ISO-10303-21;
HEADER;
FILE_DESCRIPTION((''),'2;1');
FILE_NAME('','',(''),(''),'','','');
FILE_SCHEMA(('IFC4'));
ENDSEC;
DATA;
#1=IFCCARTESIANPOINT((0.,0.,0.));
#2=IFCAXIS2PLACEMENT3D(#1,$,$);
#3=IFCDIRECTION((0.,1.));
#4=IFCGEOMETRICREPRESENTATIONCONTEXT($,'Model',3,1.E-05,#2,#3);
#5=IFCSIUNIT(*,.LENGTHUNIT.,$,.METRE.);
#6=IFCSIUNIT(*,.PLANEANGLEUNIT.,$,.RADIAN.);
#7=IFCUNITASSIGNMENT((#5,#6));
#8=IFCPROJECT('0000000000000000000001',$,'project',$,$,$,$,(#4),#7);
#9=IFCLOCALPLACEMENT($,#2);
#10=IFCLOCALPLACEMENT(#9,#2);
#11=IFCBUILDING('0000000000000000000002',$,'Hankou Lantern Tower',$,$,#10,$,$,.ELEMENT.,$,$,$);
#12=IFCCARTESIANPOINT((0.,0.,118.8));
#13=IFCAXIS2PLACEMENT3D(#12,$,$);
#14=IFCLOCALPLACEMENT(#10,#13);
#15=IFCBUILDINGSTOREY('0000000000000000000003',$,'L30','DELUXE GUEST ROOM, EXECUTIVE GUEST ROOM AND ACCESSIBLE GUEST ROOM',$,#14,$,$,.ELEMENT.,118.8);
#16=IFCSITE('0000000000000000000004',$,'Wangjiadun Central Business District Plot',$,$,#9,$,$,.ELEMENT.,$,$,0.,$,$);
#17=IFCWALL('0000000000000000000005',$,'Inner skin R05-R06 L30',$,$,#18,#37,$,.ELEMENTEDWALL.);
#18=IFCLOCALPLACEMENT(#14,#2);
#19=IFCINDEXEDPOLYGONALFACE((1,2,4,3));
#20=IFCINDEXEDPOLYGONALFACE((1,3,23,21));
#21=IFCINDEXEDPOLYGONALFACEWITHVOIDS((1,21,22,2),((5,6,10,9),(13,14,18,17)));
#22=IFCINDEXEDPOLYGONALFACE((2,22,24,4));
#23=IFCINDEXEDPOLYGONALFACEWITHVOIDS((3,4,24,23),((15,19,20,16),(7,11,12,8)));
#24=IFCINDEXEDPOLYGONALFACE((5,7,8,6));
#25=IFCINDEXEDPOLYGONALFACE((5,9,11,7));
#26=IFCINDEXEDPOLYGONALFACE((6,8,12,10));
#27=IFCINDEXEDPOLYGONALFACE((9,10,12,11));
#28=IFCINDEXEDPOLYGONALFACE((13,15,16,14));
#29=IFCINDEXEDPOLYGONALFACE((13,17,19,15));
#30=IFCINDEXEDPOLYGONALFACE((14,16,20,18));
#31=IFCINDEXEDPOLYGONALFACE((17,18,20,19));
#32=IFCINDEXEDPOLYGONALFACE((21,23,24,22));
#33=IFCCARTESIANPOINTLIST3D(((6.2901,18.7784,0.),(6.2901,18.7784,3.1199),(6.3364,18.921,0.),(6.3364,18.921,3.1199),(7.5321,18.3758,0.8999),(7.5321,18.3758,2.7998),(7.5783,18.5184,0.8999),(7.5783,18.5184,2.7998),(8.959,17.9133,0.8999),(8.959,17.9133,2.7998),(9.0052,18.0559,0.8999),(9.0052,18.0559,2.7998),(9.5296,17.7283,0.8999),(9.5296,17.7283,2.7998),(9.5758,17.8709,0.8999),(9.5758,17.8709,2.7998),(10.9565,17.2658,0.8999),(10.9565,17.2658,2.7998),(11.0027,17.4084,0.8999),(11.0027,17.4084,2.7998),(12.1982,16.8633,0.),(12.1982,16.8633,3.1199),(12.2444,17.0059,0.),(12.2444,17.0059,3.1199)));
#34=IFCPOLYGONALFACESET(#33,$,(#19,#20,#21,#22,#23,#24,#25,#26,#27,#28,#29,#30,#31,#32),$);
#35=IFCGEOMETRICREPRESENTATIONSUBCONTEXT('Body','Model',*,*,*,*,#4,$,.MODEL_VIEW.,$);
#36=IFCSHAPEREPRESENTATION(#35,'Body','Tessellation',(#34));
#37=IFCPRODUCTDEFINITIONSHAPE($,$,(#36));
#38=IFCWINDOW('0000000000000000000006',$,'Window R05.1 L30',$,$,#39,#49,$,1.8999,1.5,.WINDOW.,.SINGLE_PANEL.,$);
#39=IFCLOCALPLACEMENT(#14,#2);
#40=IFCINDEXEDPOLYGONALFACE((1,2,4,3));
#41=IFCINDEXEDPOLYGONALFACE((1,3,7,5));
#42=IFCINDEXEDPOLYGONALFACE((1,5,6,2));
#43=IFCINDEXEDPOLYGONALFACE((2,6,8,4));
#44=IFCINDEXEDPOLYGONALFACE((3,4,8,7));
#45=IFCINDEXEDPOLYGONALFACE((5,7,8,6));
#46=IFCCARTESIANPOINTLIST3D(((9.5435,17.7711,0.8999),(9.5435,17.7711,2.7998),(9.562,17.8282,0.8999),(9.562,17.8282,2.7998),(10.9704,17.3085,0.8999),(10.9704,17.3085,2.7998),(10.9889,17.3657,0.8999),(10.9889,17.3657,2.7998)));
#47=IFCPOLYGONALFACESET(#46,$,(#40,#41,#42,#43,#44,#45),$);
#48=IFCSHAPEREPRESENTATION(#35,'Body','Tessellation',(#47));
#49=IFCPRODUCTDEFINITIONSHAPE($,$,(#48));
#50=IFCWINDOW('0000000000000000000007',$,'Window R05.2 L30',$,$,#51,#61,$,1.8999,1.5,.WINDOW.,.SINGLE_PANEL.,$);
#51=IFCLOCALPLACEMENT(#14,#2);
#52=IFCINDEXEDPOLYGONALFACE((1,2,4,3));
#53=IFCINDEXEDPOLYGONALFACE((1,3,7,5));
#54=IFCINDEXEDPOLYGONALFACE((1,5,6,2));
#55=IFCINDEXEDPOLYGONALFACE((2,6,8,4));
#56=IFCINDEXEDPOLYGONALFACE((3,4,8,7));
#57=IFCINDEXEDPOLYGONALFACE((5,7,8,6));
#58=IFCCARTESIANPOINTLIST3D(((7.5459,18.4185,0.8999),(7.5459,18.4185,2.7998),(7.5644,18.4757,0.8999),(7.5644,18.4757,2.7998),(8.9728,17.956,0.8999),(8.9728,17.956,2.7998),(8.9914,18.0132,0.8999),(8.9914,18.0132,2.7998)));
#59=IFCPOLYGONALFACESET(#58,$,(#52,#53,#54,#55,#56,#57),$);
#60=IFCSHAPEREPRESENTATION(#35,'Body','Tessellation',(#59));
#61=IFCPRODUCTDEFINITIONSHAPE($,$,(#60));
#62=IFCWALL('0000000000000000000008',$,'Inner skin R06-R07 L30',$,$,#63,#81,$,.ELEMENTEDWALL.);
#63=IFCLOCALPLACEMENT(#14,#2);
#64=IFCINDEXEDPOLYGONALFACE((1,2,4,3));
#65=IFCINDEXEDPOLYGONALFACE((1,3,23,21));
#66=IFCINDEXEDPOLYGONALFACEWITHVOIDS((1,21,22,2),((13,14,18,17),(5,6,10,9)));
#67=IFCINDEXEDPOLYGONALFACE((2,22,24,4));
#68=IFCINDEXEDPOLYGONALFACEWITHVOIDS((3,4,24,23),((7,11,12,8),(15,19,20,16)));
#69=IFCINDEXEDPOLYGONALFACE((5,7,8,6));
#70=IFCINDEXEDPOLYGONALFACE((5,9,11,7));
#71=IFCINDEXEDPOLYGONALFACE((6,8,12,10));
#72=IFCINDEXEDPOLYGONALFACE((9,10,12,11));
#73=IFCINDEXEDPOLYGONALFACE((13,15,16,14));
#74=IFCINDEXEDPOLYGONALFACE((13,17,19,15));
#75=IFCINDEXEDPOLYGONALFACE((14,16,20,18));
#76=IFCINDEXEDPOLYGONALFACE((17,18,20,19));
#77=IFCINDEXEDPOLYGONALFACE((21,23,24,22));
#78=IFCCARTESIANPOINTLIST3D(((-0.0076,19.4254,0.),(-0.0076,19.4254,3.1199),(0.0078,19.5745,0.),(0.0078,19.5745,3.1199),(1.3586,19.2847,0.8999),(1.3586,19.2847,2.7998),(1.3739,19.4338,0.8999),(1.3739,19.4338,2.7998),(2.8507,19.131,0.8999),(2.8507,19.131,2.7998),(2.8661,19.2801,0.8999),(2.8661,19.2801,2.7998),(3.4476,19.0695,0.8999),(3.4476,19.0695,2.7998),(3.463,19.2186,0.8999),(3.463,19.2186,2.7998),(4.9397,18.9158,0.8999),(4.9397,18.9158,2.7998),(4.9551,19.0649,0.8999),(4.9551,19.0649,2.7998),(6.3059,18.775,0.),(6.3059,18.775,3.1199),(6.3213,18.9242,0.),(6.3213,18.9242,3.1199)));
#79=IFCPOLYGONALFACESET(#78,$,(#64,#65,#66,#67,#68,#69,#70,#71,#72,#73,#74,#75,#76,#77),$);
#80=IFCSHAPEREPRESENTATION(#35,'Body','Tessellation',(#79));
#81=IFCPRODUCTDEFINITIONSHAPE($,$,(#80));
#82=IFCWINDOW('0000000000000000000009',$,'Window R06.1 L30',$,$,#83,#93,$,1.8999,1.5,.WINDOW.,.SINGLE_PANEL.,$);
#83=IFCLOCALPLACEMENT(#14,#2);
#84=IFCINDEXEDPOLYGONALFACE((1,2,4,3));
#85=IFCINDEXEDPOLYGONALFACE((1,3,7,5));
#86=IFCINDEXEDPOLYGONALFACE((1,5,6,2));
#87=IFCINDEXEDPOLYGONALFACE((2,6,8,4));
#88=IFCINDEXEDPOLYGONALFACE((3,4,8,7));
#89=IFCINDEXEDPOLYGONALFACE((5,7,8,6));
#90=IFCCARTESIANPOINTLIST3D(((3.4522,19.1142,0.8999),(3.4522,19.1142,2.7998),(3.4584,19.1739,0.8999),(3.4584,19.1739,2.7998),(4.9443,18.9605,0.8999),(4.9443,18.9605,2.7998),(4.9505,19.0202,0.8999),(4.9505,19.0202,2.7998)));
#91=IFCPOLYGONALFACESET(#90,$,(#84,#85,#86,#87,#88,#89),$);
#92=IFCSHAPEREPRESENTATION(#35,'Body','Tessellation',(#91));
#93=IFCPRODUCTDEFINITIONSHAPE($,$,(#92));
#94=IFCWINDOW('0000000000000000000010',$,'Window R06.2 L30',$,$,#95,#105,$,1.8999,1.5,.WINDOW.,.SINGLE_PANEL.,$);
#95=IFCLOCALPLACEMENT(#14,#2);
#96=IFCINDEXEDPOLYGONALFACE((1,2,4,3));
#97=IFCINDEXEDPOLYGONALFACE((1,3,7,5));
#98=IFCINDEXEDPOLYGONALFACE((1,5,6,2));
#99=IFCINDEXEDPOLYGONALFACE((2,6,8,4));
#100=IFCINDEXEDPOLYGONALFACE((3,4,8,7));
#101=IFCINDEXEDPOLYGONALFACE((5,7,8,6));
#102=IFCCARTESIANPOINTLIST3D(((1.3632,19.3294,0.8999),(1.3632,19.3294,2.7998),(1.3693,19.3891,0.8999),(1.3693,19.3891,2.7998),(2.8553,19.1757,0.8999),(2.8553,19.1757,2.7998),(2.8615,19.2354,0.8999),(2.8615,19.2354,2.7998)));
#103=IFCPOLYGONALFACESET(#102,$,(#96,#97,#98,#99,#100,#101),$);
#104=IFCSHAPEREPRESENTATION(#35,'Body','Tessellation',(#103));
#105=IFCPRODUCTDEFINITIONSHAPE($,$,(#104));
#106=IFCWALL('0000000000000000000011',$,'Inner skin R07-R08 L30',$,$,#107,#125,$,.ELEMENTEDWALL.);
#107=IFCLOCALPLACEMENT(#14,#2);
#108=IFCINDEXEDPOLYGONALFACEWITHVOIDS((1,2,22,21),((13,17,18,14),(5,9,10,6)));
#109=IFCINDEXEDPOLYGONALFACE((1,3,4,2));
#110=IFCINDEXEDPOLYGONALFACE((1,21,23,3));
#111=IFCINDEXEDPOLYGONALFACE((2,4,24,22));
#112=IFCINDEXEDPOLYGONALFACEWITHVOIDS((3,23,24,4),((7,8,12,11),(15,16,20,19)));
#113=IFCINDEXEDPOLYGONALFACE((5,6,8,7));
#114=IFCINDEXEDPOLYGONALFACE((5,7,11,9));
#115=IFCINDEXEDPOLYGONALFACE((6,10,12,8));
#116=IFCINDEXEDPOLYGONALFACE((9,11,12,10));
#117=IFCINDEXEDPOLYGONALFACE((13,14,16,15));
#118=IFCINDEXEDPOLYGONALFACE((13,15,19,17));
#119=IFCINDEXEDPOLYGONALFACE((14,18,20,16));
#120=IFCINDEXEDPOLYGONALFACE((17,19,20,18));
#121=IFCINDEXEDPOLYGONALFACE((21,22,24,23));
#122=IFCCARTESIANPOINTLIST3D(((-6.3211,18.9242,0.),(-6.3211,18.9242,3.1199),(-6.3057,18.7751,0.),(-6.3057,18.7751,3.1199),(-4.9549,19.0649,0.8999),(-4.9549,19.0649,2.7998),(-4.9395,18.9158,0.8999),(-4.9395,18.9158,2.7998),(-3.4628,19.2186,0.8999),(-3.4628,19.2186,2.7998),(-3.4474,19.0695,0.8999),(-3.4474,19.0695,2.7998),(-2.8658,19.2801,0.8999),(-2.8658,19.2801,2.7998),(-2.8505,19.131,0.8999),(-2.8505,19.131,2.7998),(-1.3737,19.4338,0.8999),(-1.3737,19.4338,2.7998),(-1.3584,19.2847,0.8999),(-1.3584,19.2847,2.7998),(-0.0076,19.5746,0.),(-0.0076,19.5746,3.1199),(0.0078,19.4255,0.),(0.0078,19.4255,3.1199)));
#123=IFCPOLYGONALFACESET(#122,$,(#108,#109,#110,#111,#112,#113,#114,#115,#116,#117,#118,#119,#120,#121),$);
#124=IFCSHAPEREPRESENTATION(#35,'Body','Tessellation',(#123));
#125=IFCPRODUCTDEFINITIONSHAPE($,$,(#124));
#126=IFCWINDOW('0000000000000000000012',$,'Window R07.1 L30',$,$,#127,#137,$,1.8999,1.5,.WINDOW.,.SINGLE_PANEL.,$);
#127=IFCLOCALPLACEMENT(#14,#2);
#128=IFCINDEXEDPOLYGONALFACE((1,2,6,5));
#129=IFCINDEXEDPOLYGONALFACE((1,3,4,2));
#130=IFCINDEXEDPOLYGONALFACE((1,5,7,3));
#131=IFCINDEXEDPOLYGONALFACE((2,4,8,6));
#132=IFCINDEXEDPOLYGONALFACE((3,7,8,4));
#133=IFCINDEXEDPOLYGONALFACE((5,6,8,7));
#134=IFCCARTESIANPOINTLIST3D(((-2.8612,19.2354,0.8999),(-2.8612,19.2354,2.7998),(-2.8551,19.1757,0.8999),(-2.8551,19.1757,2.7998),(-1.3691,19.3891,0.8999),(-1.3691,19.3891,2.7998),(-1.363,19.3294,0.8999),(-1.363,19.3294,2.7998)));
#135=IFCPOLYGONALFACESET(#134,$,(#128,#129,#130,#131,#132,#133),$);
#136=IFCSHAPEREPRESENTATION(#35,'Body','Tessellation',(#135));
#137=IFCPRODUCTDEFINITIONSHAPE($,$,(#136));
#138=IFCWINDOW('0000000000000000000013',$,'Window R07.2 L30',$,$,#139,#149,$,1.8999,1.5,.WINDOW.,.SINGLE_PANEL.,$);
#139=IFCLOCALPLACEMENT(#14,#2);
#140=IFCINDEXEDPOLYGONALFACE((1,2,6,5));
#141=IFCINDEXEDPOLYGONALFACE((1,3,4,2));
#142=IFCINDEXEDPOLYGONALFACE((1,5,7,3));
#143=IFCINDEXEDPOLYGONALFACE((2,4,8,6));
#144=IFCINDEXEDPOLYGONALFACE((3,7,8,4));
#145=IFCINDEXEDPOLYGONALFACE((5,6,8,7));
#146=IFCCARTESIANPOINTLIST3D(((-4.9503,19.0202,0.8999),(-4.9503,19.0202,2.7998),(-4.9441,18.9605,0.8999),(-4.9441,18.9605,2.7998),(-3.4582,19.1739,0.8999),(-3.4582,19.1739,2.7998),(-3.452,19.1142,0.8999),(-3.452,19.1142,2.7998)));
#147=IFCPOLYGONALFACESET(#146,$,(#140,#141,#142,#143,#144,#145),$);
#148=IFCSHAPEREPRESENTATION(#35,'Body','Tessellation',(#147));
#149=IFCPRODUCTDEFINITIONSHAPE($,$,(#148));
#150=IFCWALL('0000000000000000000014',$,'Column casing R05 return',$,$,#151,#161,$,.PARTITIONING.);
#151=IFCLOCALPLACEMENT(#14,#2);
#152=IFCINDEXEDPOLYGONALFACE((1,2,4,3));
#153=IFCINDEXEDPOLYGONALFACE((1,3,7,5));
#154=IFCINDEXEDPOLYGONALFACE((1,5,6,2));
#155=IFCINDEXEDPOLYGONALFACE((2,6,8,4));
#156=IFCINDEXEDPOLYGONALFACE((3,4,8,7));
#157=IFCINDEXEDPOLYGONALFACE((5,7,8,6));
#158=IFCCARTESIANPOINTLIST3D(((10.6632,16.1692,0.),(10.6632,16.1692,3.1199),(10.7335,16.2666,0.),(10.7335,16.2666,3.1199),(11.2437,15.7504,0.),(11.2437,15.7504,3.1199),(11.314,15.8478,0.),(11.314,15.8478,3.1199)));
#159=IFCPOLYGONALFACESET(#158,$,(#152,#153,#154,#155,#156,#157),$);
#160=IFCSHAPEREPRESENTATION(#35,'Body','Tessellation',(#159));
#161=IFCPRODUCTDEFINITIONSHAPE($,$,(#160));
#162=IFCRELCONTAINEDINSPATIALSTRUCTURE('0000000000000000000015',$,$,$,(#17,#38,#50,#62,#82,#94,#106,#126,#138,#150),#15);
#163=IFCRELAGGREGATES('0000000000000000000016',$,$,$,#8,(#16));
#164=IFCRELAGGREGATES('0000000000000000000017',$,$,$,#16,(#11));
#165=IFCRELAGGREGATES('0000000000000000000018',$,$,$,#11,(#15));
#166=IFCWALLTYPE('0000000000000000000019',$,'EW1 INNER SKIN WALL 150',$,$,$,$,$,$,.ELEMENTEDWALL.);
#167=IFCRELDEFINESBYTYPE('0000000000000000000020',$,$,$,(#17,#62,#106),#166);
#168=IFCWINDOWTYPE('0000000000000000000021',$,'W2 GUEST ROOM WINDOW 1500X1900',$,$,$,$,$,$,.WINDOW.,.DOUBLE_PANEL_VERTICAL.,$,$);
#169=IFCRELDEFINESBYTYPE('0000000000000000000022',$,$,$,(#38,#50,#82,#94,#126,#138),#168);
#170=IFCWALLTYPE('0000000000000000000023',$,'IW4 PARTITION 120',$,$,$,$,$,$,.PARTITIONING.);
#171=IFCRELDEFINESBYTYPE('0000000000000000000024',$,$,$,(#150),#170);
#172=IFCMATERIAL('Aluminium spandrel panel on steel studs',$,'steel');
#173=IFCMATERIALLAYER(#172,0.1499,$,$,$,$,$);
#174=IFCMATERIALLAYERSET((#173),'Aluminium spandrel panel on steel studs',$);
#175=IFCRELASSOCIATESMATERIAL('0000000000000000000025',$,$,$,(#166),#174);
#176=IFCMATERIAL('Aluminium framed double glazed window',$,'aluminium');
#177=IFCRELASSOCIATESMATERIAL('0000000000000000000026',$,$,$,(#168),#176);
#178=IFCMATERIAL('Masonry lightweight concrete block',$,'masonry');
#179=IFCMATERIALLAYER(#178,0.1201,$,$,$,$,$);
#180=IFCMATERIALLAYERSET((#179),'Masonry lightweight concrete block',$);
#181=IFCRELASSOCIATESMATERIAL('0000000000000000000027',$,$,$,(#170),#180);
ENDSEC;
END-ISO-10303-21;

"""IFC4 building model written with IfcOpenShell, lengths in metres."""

from ifc_helpers import new_model, si_unit, direction, frame, frame_2d, origin, place, context, subcontext, project, spatial, rectangle, extrude, material, layer, layer_set, type_object, element, fill, save


model = new_model("IFC4")

# Units and contexts
model_context = context("Model", 3, precision=1e-05, world=origin(), true_north=direction((0.0, 1.0)))
body_context = subcontext(model_context, "Body", "Model", "MODEL_VIEW")
ifc_project = project(units=[si_unit("LENGTHUNIT", "METRE"), si_unit("PLANEANGLEUNIT", "RADIAN")], contexts=[model_context])

# Site, building, storey
site_placement = place(None, origin())
site = spatial("IfcSite", under=ifc_project, at=site_placement, Name="Wangjiadun Central Business District Plot", CompositionType="ELEMENT", RefElevation=0.0)
building_placement = place(site_placement, origin())
building = spatial("IfcBuilding", under=site, at=building_placement, Name="Hankou Lantern Tower", CompositionType="ELEMENT")
storey_placement = place(building_placement, frame((0.0, 0.0, 118.8)))
storey = spatial("IfcBuildingStorey", under=building, at=storey_placement, Name="L30", Description="DELUXE GUEST ROOM, EXECUTIVE GUEST ROOM AND ACCESSIBLE GUEST ROOM", CompositionType="ELEMENT", Elevation=118.8)

# Walls, openings, windows
ifc_material_1 = material(Name="Aluminium spandrel panel on steel studs", Category="steel")
ifc_layer_1 = layer(ifc_material_1, 0.1499)
ifc_layer_set_1 = layer_set([ifc_layer_1], Name="Aluminium spandrel panel on steel studs")
wall_type_1 = type_object("IfcWallType", Name="EW1 INNER SKIN WALL 150", PredefinedType="ELEMENTEDWALL", material=ifc_layer_set_1)
wall_1_placement = place(storey_placement, frame((12.2214, 16.9346, 0.0), z_axis=(0.0, 0.0, 1.0), x_axis=(-0.951273, 0.308351, 0.0)))
wall_1 = element("IfcWall", 1, at=wall_1_placement, inside=storey, type_object=wall_type_1, Name="Inner skin R05-R06 L30", PredefinedType="ELEMENTEDWALL", context=body_context, shape_type="SweptSolid", body=[
    extrude(rectangle(XDim=6.2107, YDim=0.1499, at=frame_2d((3.1055, 0.0))), origin(), (0.0, 0.0, 1.0), 3.1199),
])
opening_1_placement = place(wall_1_placement, frame((1.3054, 0.0, 0.8999)))
opening_1 = element("IfcOpeningElement", 2, at=opening_1_placement, cuts=wall_1, PredefinedType="OPENING", context=body_context, shape_type="SweptSolid", body=[
    extrude(rectangle(XDim=1.5, YDim=1.8999, at=frame_2d((0.75, 0.95))), frame((0.0, 0.085, 0.0), z_axis=(0.0, -1.0, 0.0), x_axis=(1.0, 0.0, 0.0)), (0.0, 0.0, 1.0), 0.1699),
])
opening_2_placement = place(wall_1_placement, frame((3.4053, 0.0, 0.8999)))
opening_2 = element("IfcOpeningElement", 3, at=opening_2_placement, cuts=wall_1, PredefinedType="OPENING", context=body_context, shape_type="SweptSolid", body=[
    extrude(rectangle(XDim=1.5, YDim=1.8999, at=frame_2d((0.75, 0.95))), frame((0.0, 0.085, 0.0), z_axis=(0.0, -1.0, 0.0), x_axis=(1.0, 0.0, 0.0)), (0.0, 0.0, 1.0), 0.1699),
])
ifc_material_2 = material(Name="Aluminium framed double glazed window", Category="aluminium")
window_type = type_object("IfcWindowType", Name="W2 GUEST ROOM WINDOW 1500X1900", PartitioningType="DOUBLE_PANEL_VERTICAL", PredefinedType="WINDOW", material=ifc_material_2)
window_1_placement = place(opening_1_placement, origin())
window_1 = element("IfcWindow", 4, at=window_1_placement, inside=storey, type_object=window_type, Name="Window R05.1 L30", OverallHeight=1.8999, OverallWidth=1.5, PartitioningType="SINGLE_PANEL", PredefinedType="WINDOW", context=body_context, shape_type="SweptSolid", body=[
    extrude(rectangle(XDim=1.5, YDim=1.8999, at=frame_2d((0.75, 0.95))), frame((0.0, 0.03, 0.0), z_axis=(0.0, -1.0, 0.0), x_axis=(1.0, 0.0, 0.0)), (0.0, 0.0, 1.0), 0.0601),
])
fill(opening_1, window_1)
window_2_placement = place(opening_2_placement, origin())
window_2 = element("IfcWindow", 5, at=window_2_placement, inside=storey, type_object=window_type, Name="Window R05.2 L30", OverallHeight=1.8999, OverallWidth=1.5, PartitioningType="SINGLE_PANEL", PredefinedType="WINDOW", context=body_context, shape_type="SweptSolid", body=[
    extrude(rectangle(XDim=1.5, YDim=1.8999, at=frame_2d((0.75, 0.95))), frame((0.0, 0.03, 0.0), z_axis=(0.0, -1.0, 0.0), x_axis=(1.0, 0.0, 0.0)), (0.0, 0.0, 1.0), 0.0601),
])
fill(opening_2, window_2)
wall_2_placement = place(storey_placement, frame((6.3135, 18.8496, 0.0), z_axis=(0.0, 0.0, 1.0), x_axis=(-0.994736, 0.102474, 0.0)))
wall_2 = element("IfcWall", 6, at=wall_2_placement, inside=storey, type_object=wall_type_1, Name="Inner skin R06-R07 L30", PredefinedType="ELEMENTEDWALL", context=body_context, shape_type="SweptSolid", body=[
    extrude(rectangle(XDim=6.3469, YDim=0.1499, at=frame_2d((3.1733, 0.0))), origin(), (0.0, 0.0, 1.0), 3.1199),
])
opening_3_placement = place(wall_2_placement, frame((1.3733, 0.0, 0.8999)))
opening_3 = element("IfcOpeningElement", 7, at=opening_3_placement, cuts=wall_2, PredefinedType="OPENING", context=body_context, shape_type="SweptSolid", body=[
    extrude(rectangle(XDim=1.5, YDim=1.8999, at=frame_2d((0.75, 0.95))), frame((0.0, 0.085, 0.0), z_axis=(0.0, -1.0, 0.0), x_axis=(1.0, 0.0, 0.0)), (0.0, 0.0, 1.0), 0.1699),
])
opening_4_placement = place(wall_2_placement, frame((3.4734, 0.0, 0.8999)))
opening_4 = element("IfcOpeningElement", 8, at=opening_4_placement, cuts=wall_2, PredefinedType="OPENING", context=body_context, shape_type="SweptSolid", body=[
    extrude(rectangle(XDim=1.5, YDim=1.8999, at=frame_2d((0.75, 0.95))), frame((0.0, 0.085, 0.0), z_axis=(0.0, -1.0, 0.0), x_axis=(1.0, 0.0, 0.0)), (0.0, 0.0, 1.0), 0.1699),
])
window_3_placement = place(opening_3_placement, origin())
window_3 = element("IfcWindow", 9, at=window_3_placement, inside=storey, type_object=window_type, Name="Window R06.1 L30", OverallHeight=1.8999, OverallWidth=1.5, PartitioningType="SINGLE_PANEL", PredefinedType="WINDOW", context=body_context, shape_type="SweptSolid", body=[
    extrude(rectangle(XDim=1.5, YDim=1.8999, at=frame_2d((0.75, 0.95))), frame((0.0, 0.03, 0.0), z_axis=(0.0, -1.0, 0.0), x_axis=(1.0, 0.0, 0.0)), (0.0, 0.0, 1.0), 0.0601),
])
fill(opening_3, window_3)
window_4_placement = place(opening_4_placement, origin())
window_4 = element("IfcWindow", 10, at=window_4_placement, inside=storey, type_object=window_type, Name="Window R06.2 L30", OverallHeight=1.8999, OverallWidth=1.5, PartitioningType="SINGLE_PANEL", PredefinedType="WINDOW", context=body_context, shape_type="SweptSolid", body=[
    extrude(rectangle(XDim=1.5, YDim=1.8999, at=frame_2d((0.75, 0.95))), frame((0.0, 0.03, 0.0), z_axis=(0.0, -1.0, 0.0), x_axis=(1.0, 0.0, 0.0)), (0.0, 0.0, 1.0), 0.0601),
])
fill(opening_4, window_4)
wall_3_placement = place(storey_placement, frame((0.0, 19.5, 0.0), z_axis=(0.0, 0.0, 1.0), x_axis=(-0.994736, -0.102474, 0.0)))
wall_3 = element("IfcWall", 11, at=wall_3_placement, inside=storey, type_object=wall_type_1, Name="Inner skin R07-R08 L30", PredefinedType="ELEMENTEDWALL", context=body_context, shape_type="SweptSolid", body=[
    extrude(rectangle(XDim=6.3469, YDim=0.1499, at=frame_2d((3.1733, 0.0))), origin(), (0.0, 0.0, 1.0), 3.1199),
])
opening_5_placement = place(wall_3_placement, frame((1.3733, 0.0, 0.8999)))
opening_5 = element("IfcOpeningElement", 12, at=opening_5_placement, cuts=wall_3, PredefinedType="OPENING", context=body_context, shape_type="SweptSolid", body=[
    extrude(rectangle(XDim=1.5, YDim=1.8999, at=frame_2d((0.75, 0.95))), frame((0.0, 0.085, 0.0), z_axis=(0.0, -1.0, 0.0), x_axis=(1.0, 0.0, 0.0)), (0.0, 0.0, 1.0), 0.1699),
])
opening_6_placement = place(wall_3_placement, frame((3.4734, 0.0, 0.8999)))
opening_6 = element("IfcOpeningElement", 13, at=opening_6_placement, cuts=wall_3, PredefinedType="OPENING", context=body_context, shape_type="SweptSolid", body=[
    extrude(rectangle(XDim=1.5, YDim=1.8999, at=frame_2d((0.75, 0.95))), frame((0.0, 0.085, 0.0), z_axis=(0.0, -1.0, 0.0), x_axis=(1.0, 0.0, 0.0)), (0.0, 0.0, 1.0), 0.1699),
])
window_5_placement = place(opening_5_placement, origin())
window_5 = element("IfcWindow", 14, at=window_5_placement, inside=storey, type_object=window_type, Name="Window R07.1 L30", OverallHeight=1.8999, OverallWidth=1.5, PartitioningType="SINGLE_PANEL", PredefinedType="WINDOW", context=body_context, shape_type="SweptSolid", body=[
    extrude(rectangle(XDim=1.5, YDim=1.8999, at=frame_2d((0.75, 0.95))), frame((0.0, 0.03, 0.0), z_axis=(0.0, -1.0, 0.0), x_axis=(1.0, 0.0, 0.0)), (0.0, 0.0, 1.0), 0.0601),
])
fill(opening_5, window_5)
window_6_placement = place(opening_6_placement, origin())
window_6 = element("IfcWindow", 15, at=window_6_placement, inside=storey, type_object=window_type, Name="Window R07.2 L30", OverallHeight=1.8999, OverallWidth=1.5, PartitioningType="SINGLE_PANEL", PredefinedType="WINDOW", context=body_context, shape_type="SweptSolid", body=[
    extrude(rectangle(XDim=1.5, YDim=1.8999, at=frame_2d((0.75, 0.95))), frame((0.0, 0.03, 0.0), z_axis=(0.0, -1.0, 0.0), x_axis=(1.0, 0.0, 0.0)), (0.0, 0.0, 1.0), 0.0601),
])
fill(opening_6, window_6)

# Wall
ifc_material_3 = material(Name="Masonry lightweight concrete block", Category="masonry")
ifc_layer_2 = layer(ifc_material_3, 0.1201)
ifc_layer_set_2 = layer_set([ifc_layer_2], Name="Masonry lightweight concrete block")
wall_type_2 = type_object("IfcWallType", Name="IW4 PARTITION 120", PredefinedType="PARTITIONING", material=ifc_layer_set_2)
wall_4_placement = place(storey_placement, frame((11.2788, 15.7991, 0.0), z_axis=(0.0, 0.0, 1.0), x_axis=(-0.810913, 0.585167, 0.0)))
element("IfcWall", 16, at=wall_4_placement, inside=storey, type_object=wall_type_2, Name="Column casing R05 return", PredefinedType="PARTITIONING", context=body_context, shape_type="SweptSolid", body=[
    extrude(rectangle(XDim=0.7158, YDim=0.1201, at=frame_2d((0.3579, 0.0))), origin(), (0.0, 0.0, 1.0), 3.1199),
])

save(model, "model.ifc")
